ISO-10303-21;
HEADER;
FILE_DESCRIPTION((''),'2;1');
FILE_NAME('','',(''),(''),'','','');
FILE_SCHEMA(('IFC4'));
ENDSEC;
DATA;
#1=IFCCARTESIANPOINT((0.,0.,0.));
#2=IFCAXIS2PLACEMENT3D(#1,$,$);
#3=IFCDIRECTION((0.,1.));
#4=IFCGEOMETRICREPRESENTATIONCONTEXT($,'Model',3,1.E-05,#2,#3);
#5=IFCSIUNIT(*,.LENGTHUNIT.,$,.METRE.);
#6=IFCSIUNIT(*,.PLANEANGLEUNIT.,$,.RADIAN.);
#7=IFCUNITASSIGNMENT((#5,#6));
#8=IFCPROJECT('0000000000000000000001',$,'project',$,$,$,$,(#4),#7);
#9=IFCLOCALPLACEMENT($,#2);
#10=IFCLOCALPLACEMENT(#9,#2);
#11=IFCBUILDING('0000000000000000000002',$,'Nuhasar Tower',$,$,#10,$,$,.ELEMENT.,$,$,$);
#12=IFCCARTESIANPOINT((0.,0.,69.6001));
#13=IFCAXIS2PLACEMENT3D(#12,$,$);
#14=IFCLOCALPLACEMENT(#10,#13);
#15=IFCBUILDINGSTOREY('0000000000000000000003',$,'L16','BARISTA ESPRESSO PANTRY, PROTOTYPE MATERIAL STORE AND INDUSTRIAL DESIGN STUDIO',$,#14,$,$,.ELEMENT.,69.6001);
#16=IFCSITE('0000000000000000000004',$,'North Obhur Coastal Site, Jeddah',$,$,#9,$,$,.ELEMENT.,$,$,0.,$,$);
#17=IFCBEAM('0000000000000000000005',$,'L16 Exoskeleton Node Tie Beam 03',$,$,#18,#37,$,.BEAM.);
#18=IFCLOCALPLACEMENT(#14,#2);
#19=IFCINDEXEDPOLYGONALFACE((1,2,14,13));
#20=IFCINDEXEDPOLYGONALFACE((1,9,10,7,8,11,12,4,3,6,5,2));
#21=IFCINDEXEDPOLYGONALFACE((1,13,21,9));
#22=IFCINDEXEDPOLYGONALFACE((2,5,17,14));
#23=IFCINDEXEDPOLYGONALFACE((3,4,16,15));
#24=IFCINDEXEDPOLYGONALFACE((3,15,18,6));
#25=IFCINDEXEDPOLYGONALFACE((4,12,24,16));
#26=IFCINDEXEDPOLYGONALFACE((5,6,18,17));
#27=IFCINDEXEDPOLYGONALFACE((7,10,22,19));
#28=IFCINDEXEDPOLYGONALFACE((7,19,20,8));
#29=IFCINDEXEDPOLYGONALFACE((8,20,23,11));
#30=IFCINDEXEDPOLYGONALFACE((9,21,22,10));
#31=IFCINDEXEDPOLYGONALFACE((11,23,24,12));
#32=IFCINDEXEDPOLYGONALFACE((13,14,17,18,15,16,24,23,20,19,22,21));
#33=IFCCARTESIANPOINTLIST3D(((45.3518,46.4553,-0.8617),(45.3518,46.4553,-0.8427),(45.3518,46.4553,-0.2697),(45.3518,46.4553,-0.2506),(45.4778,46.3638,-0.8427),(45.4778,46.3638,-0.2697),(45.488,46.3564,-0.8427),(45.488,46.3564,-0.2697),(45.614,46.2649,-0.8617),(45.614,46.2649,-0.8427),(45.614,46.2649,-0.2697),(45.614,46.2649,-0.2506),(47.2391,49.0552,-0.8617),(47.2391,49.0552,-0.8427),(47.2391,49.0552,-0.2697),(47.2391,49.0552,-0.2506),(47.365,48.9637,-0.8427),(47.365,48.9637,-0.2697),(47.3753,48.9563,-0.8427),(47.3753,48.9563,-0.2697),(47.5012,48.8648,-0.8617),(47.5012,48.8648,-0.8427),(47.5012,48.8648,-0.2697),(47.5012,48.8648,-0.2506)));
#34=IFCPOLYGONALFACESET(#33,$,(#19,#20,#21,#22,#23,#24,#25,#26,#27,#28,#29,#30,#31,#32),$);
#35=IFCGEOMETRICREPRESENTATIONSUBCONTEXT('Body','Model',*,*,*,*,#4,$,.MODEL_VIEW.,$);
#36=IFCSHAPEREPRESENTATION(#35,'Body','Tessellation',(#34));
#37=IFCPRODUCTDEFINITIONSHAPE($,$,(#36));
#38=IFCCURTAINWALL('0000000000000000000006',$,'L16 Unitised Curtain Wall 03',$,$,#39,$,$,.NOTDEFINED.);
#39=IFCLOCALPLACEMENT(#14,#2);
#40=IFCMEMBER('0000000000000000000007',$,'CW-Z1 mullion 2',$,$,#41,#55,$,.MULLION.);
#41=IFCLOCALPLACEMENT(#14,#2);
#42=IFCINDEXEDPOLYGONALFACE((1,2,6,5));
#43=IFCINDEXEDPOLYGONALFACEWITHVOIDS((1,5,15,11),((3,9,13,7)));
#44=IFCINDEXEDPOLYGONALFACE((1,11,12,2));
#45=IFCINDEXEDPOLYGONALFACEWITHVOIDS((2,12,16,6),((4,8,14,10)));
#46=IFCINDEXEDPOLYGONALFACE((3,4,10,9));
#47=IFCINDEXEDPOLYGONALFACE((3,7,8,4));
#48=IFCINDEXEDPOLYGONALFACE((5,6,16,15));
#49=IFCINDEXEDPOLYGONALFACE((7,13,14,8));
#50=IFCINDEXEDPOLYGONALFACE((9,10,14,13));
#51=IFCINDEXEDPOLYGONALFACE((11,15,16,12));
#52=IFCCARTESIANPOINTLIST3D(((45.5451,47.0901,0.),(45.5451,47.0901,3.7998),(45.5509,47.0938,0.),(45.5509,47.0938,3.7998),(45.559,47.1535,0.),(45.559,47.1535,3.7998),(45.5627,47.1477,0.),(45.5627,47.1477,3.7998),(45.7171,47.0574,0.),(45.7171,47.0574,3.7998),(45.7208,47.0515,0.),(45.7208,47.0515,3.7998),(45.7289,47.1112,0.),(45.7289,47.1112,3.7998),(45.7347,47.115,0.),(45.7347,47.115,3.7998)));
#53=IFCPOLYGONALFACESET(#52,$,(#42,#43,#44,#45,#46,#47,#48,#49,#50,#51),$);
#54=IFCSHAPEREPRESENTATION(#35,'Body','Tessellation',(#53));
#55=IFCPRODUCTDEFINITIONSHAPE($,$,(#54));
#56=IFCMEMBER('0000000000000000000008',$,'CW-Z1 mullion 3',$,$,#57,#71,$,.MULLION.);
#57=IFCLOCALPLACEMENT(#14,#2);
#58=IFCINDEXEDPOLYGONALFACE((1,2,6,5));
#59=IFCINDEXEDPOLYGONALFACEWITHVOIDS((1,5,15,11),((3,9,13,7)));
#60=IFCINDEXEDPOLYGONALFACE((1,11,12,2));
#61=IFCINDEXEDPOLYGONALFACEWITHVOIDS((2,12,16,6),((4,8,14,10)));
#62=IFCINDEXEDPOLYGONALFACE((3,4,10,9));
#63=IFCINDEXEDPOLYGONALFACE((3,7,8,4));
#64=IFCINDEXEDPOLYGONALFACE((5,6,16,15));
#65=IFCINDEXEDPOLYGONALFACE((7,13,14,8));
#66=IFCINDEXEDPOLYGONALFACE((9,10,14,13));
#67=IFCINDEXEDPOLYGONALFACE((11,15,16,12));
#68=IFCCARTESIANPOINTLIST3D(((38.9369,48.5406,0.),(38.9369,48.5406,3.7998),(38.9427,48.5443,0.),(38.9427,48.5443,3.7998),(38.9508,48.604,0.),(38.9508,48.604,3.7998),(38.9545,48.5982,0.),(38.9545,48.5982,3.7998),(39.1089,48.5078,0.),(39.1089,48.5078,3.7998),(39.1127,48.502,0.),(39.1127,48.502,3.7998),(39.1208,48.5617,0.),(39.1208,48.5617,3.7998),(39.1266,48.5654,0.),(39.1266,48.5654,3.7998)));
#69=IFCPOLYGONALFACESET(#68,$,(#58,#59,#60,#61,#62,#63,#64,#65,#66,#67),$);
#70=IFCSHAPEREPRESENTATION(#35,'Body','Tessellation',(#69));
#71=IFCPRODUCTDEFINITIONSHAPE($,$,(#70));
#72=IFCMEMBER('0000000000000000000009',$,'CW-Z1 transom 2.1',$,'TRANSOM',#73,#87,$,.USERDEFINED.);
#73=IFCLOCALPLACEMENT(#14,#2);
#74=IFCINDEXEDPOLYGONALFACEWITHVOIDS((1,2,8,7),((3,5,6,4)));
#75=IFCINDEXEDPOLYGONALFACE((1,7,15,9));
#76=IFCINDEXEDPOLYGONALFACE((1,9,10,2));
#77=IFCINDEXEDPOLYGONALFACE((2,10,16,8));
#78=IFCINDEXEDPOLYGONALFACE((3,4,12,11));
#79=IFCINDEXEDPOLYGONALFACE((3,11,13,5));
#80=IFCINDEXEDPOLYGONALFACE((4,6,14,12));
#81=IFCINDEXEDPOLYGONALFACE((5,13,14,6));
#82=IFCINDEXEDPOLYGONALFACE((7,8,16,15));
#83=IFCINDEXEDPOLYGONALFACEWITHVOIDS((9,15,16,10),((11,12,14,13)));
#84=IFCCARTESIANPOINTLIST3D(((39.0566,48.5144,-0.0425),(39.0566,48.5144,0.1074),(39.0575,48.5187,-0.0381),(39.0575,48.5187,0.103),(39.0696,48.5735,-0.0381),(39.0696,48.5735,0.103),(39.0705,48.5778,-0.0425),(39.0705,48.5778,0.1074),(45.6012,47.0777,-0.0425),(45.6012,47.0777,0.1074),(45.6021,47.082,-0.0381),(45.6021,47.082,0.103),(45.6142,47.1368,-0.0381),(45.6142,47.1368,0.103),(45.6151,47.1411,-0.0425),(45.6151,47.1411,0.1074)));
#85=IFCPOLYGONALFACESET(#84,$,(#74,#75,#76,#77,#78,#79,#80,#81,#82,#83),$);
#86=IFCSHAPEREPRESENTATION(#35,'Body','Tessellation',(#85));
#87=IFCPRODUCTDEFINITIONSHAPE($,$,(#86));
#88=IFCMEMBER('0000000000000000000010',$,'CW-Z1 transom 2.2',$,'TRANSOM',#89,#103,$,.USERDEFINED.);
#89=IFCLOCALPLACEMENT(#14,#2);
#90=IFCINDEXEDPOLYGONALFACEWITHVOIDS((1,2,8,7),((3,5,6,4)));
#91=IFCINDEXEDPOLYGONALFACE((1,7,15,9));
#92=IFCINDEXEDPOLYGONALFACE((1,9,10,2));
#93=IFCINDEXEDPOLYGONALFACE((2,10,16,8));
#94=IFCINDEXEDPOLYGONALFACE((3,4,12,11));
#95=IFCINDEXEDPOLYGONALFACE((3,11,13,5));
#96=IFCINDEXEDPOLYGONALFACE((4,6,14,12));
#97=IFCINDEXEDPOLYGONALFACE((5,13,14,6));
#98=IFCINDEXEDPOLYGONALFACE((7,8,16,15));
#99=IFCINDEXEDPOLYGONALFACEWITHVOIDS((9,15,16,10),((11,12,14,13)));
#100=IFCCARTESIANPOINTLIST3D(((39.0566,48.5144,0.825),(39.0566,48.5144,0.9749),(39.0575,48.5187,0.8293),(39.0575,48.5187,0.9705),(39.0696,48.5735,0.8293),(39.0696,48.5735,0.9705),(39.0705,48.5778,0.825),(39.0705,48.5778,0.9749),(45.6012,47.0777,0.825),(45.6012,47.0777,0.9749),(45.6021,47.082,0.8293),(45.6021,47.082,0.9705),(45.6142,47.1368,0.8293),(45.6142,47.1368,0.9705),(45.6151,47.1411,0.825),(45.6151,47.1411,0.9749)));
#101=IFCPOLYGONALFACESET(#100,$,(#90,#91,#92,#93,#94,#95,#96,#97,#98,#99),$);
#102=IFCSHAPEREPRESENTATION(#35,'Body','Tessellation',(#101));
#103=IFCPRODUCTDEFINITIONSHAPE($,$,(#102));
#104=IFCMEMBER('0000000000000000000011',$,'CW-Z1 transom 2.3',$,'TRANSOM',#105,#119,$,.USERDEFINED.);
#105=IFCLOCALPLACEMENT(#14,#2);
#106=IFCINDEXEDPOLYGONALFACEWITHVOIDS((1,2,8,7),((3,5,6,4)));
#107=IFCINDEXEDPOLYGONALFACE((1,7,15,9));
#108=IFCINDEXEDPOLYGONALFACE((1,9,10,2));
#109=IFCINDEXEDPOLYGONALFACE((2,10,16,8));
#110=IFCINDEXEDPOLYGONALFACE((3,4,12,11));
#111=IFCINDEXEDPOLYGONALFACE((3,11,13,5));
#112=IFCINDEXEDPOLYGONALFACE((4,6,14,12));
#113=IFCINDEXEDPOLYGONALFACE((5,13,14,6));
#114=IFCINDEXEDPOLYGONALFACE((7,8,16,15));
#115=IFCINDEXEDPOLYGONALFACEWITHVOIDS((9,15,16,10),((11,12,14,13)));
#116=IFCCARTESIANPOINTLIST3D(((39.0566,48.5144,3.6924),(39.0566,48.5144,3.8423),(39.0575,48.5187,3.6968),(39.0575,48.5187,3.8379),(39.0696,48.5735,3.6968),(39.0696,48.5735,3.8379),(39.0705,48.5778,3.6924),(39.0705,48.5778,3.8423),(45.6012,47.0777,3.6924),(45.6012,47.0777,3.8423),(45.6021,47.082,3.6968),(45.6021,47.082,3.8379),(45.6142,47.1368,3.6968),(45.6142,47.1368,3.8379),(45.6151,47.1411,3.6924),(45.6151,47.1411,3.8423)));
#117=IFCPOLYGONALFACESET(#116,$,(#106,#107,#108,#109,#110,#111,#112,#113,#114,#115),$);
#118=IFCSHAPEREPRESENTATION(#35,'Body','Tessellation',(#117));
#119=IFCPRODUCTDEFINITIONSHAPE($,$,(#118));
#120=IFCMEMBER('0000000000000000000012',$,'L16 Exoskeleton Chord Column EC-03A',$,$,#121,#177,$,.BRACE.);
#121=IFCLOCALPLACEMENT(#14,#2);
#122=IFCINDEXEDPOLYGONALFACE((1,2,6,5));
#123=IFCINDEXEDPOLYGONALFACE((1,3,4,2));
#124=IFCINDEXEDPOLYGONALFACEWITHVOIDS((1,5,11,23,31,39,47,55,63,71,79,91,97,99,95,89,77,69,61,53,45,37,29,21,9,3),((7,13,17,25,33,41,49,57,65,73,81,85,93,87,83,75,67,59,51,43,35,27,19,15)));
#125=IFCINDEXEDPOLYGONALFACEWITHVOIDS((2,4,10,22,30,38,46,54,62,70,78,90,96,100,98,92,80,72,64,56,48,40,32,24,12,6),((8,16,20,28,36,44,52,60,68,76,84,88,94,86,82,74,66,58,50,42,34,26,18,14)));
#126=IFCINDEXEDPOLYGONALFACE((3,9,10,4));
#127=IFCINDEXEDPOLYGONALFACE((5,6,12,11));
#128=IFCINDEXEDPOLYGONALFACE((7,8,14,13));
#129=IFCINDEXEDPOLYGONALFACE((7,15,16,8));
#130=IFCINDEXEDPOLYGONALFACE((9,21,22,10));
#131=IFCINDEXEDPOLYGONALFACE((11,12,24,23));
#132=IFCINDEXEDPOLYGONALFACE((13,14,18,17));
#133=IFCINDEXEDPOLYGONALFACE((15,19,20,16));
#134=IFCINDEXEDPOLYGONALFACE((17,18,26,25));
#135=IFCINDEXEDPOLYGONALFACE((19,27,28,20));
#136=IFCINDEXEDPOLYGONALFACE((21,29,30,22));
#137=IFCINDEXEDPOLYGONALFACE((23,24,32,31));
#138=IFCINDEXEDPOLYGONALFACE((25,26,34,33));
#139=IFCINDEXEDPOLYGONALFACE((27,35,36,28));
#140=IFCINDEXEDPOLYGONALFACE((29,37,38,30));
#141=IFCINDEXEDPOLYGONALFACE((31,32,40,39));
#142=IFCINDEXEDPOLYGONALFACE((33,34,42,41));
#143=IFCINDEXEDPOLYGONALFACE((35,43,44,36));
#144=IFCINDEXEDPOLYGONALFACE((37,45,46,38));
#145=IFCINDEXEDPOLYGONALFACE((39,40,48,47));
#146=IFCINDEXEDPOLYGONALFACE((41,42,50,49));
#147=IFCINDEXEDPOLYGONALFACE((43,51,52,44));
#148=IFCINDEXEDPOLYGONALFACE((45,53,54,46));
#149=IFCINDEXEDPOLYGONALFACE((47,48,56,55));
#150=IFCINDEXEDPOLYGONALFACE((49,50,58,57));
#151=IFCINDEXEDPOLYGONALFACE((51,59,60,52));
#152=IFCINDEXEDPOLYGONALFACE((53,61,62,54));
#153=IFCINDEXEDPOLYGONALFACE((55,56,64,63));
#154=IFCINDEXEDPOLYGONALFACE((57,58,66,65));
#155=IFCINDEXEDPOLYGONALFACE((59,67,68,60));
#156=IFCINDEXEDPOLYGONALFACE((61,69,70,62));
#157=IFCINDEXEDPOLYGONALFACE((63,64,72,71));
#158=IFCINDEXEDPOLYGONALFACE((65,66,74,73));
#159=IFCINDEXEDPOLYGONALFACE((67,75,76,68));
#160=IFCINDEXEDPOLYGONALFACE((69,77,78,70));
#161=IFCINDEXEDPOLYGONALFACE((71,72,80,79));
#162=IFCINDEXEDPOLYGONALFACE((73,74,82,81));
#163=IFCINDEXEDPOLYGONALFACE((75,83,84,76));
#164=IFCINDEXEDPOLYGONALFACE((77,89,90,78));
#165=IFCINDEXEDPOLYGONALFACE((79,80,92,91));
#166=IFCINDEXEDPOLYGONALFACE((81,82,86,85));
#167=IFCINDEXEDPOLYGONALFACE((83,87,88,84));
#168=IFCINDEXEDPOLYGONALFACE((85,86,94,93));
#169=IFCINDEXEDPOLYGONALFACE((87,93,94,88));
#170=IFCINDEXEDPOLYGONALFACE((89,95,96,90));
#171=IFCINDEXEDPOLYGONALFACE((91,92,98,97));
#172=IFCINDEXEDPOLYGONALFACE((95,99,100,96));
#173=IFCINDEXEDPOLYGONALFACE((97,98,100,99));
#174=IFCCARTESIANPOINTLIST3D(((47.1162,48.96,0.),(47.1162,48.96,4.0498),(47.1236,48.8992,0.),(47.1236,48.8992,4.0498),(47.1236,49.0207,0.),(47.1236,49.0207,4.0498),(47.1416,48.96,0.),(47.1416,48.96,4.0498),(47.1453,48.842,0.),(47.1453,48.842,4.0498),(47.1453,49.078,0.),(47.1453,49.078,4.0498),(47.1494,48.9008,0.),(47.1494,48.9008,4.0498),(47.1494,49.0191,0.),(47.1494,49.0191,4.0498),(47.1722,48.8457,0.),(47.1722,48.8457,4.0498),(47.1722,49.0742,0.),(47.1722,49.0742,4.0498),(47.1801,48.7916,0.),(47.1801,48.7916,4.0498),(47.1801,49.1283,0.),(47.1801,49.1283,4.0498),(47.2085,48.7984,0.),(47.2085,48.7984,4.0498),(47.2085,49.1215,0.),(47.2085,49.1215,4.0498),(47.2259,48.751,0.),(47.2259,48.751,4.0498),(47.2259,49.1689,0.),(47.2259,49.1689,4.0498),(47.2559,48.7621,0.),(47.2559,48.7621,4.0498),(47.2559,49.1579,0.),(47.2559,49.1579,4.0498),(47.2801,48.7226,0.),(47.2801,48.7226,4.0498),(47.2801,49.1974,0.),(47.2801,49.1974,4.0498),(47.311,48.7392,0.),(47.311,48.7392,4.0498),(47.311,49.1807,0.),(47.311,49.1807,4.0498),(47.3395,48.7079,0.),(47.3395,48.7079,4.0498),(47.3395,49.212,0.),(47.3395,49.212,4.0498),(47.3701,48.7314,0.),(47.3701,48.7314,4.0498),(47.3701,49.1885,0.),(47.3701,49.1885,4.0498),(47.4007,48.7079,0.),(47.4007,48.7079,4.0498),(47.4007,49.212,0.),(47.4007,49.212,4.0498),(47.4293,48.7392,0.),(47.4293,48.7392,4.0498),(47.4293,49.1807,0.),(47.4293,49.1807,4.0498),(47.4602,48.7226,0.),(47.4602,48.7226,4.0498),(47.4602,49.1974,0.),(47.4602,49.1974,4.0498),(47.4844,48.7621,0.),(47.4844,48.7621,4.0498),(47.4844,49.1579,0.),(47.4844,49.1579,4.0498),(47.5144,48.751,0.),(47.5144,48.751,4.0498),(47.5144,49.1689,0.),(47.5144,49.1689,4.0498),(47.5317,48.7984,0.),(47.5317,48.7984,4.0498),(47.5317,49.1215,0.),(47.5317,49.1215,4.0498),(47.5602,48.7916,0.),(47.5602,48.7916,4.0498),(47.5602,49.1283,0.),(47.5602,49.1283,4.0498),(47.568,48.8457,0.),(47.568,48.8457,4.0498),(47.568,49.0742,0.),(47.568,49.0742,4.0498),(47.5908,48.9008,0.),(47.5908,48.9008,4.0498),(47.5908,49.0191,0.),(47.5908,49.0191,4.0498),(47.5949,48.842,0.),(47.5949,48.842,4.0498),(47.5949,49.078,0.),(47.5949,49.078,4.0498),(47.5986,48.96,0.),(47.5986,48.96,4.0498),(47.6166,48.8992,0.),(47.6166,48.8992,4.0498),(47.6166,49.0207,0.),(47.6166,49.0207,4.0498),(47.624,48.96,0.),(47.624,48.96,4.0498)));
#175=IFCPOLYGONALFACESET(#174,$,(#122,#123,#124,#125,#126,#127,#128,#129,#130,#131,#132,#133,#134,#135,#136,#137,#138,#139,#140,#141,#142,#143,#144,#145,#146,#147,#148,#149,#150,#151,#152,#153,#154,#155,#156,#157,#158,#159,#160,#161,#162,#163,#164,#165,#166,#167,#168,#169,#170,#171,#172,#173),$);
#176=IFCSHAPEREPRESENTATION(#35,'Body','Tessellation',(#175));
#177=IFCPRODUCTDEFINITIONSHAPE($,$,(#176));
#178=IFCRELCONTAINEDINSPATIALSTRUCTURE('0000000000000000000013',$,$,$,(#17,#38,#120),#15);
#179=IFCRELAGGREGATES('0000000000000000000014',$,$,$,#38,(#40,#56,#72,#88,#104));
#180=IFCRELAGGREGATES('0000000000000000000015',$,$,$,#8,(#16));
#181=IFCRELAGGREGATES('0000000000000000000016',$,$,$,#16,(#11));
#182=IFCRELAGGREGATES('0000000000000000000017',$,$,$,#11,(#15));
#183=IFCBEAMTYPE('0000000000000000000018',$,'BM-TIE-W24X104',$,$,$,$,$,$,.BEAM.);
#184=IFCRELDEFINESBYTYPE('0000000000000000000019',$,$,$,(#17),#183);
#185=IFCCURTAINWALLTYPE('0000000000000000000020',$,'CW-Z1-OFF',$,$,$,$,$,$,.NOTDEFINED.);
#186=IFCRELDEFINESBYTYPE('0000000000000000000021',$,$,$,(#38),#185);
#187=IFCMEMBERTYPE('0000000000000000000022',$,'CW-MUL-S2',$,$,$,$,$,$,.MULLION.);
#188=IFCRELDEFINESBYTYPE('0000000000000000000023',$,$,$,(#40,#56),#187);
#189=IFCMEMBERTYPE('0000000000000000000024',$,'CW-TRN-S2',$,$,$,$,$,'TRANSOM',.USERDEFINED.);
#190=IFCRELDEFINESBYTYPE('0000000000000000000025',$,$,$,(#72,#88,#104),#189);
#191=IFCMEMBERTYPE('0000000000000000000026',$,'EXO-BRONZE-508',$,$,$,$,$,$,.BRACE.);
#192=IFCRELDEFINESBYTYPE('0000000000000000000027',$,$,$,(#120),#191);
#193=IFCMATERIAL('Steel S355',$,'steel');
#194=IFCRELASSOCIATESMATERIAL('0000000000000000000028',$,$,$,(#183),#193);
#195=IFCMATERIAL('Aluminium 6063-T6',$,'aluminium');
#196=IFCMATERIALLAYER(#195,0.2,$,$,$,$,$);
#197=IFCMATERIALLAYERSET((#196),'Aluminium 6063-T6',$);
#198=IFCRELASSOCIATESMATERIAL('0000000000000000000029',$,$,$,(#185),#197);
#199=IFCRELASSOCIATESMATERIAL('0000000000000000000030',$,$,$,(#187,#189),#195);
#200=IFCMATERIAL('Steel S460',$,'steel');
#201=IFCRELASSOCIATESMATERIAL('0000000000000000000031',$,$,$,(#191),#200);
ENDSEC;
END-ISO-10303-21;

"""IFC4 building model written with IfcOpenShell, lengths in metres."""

from ifc_helpers import new_model, si_unit, direction, frame, origin, origin_2d, place, context, subcontext, project, spatial, hollow_rectangle, hollow_circle, i_section, extrude, material, layer, layer_set, material_profile, profile_set, type_object, element, aggregate, save


model = new_model("IFC4")

# Units and contexts
model_context = context("Model", 3, precision=1e-05, world=origin(), true_north=direction((0.0, 1.0)))
body_context = subcontext(model_context, "Body", "Model", "MODEL_VIEW")
ifc_project = project(units=[si_unit("LENGTHUNIT", "METRE"), si_unit("PLANEANGLEUNIT", "RADIAN")], contexts=[model_context])

# Site, building, storey
site_placement = place(None, origin())
site = spatial("IfcSite", under=ifc_project, at=site_placement, Name="North Obhur Coastal Site, Jeddah", CompositionType="ELEMENT", RefElevation=0.0)
building_placement = place(site_placement, origin())
building = spatial("IfcBuilding", under=site, at=building_placement, Name="Nuhasar Tower", CompositionType="ELEMENT")
storey_placement = place(building_placement, frame((0.0, 0.0, 69.6001)))
storey = spatial("IfcBuildingStorey", under=building, at=storey_placement, Name="L16", Description="BARISTA ESPRESSO PANTRY, PROTOTYPE MATERIAL STORE AND INDUSTRIAL DESIGN STUDIO", CompositionType="ELEMENT", Elevation=69.6001)

# Beam
ifc_material_1 = material(Name="Steel S355", Category="steel")
ifc_material_profile_1 = material_profile(ifc_material_1, i_section(OverallWidth=0.324, OverallDepth=0.6111, WebThickness=0.0127, FlangeThickness=0.019, at=origin_2d()), Name="W24X104")
ifc_profile_set_1 = profile_set([ifc_material_profile_1], Name="Steel S355")
beam_type_1 = type_object("IfcBeamType", Name="BM-TIE-W24X104", PredefinedType="BEAM", material=ifc_profile_set_1)
beam_1_placement = place(storey_placement, frame((45.4829, 46.3601, -0.5562), z_axis=(0.587439, 0.809268, 0.0), x_axis=(-0.809268, 0.587439, 0.0)))
element("IfcBeam", 1, at=beam_1_placement, inside=storey, type_object=beam_type_1, Name="L16 Exoskeleton Node Tie Beam 03", PredefinedType="BEAM", context=body_context, shape_type="SweptSolid", body=[
    extrude(i_section(OverallWidth=0.324, OverallDepth=0.6111, WebThickness=0.0127, FlangeThickness=0.019, at=origin_2d()), origin(), (0.0, 0.0, 1.0), 3.2126),
])

# Curtain wall, members
ifc_material_2 = material(Name="Aluminium 6063-T6", Category="aluminium")
ifc_layer_1 = layer(ifc_material_2, 0.2)
ifc_layer_set_1 = layer_set([ifc_layer_1], Name="Aluminium 6063-T6")
curtain_wall_type = type_object("IfcCurtainWallType", Name="CW-Z1-OFF", PredefinedType="NOTDEFINED", material=ifc_layer_set_1)
curtain_wall_placement = place(storey_placement, origin())
curtain_wall = element("IfcCurtainWall", 2, at=curtain_wall_placement, inside=storey, type_object=curtain_wall_type, Name="L16 Unitised Curtain Wall 03", PredefinedType="NOTDEFINED")
ifc_material_profile_2 = material_profile(ifc_material_2, hollow_rectangle(XDim=0.0649, YDim=0.1799, WallThickness=0.0049, at=origin_2d()), Name="CWM-2")
ifc_profile_set_2 = profile_set([ifc_material_profile_2], Name="Aluminium 6063-T6")
member_type_1 = type_object("IfcMemberType", Name="CW-MUL-S2", PredefinedType="MULLION", material=ifc_profile_set_2)
member_1_placement = place(storey_placement, frame((45.6399, 47.1025, 0.0), z_axis=(0.0, 0.0, 1.0), x_axis=(-0.214399, -0.976746, 0.0)))
member_1 = element("IfcMember", 3, at=member_1_placement, type_object=member_type_1, Name="CW-Z1 mullion 2", PredefinedType="MULLION", context=body_context, shape_type="SweptSolid", body=[
    extrude(hollow_rectangle(XDim=0.0649, YDim=0.1799, WallThickness=0.0049, at=origin_2d()), origin(), (0.0, 0.0, 1.0), 3.7998),
])
member_2_placement = place(storey_placement, frame((39.0317, 48.553, 0.0), z_axis=(0.0, 0.0, 1.0), x_axis=(-0.214399, -0.976746, 0.0)))
member_2 = element("IfcMember", 4, at=member_2_placement, type_object=member_type_1, Name="CW-Z1 mullion 3", PredefinedType="MULLION", context=body_context, shape_type="SweptSolid", body=[
    extrude(hollow_rectangle(XDim=0.0649, YDim=0.1799, WallThickness=0.0049, at=origin_2d()), origin(), (0.0, 0.0, 1.0), 3.7998),
])
ifc_material_profile_3 = material_profile(ifc_material_2, hollow_rectangle(XDim=0.0649, YDim=0.1499, WallThickness=0.0044, at=origin_2d()), Name="CWT-2")
ifc_profile_set_3 = profile_set([ifc_material_profile_3], Name="Aluminium 6063-T6")
member_type_2 = type_object("IfcMemberType", Name="CW-TRN-S2", ElementType="TRANSOM", PredefinedType="USERDEFINED", material=ifc_profile_set_3)
member_3_placement = place(storey_placement, frame((45.6082, 47.1094, 0.0325), z_axis=(-0.97674, 0.214426, 0.0), x_axis=(-0.214426, -0.97674, 0.0)))
member_3 = element("IfcMember", 5, at=member_3_placement, type_object=member_type_2, Name="CW-Z1 transom 2.1", ObjectType="TRANSOM", PredefinedType="USERDEFINED", context=body_context, shape_type="SweptSolid", body=[
    extrude(hollow_rectangle(XDim=0.0649, YDim=0.1499, WallThickness=0.0044, at=origin_2d()), origin(), (0.0, 0.0, 1.0), 6.7004),
])
member_4_placement = place(storey_placement, frame((45.6082, 47.1094, 0.8999), z_axis=(-0.97674, 0.214426, 0.0), x_axis=(-0.214426, -0.97674, 0.0)))
member_4 = element("IfcMember", 6, at=member_4_placement, type_object=member_type_2, Name="CW-Z1 transom 2.2", ObjectType="TRANSOM", PredefinedType="USERDEFINED", context=body_context, shape_type="SweptSolid", body=[
    extrude(hollow_rectangle(XDim=0.0649, YDim=0.1499, WallThickness=0.0044, at=origin_2d()), origin(), (0.0, 0.0, 1.0), 6.7004),
])
member_5_placement = place(storey_placement, frame((45.6082, 47.1094, 3.7673), z_axis=(-0.97674, 0.214426, 0.0), x_axis=(-0.214426, -0.97674, 0.0)))
member_5 = element("IfcMember", 7, at=member_5_placement, type_object=member_type_2, Name="CW-Z1 transom 2.3", ObjectType="TRANSOM", PredefinedType="USERDEFINED", context=body_context, shape_type="SweptSolid", body=[
    extrude(hollow_rectangle(XDim=0.0649, YDim=0.1499, WallThickness=0.0044, at=origin_2d()), origin(), (0.0, 0.0, 1.0), 6.7004),
])

# Member
ifc_material_3 = material(Name="Steel S460", Category="steel")
ifc_material_profile_4 = material_profile(ifc_material_3, hollow_circle(Radius=0.2539, WallThickness=0.0254, at=origin_2d()), Name="HSS508X25.4")
ifc_profile_set_4 = profile_set([ifc_material_profile_4], Name="Steel S460")
member_type_3 = type_object("IfcMemberType", Name="EXO-BRONZE-508", PredefinedType="BRACE", material=ifc_profile_set_4)
for number, where, z_axis, x_axis, name in (
    (8, (47.3701, 48.96, 0.0), (0.0, 0.0, 1.0), (1.0, 0.0, 0.0), "L16 Exoskeleton Chord Column EC-03A"),
):
    element("IfcMember", number, at=place(storey_placement, frame(where, z_axis=z_axis, x_axis=x_axis)), inside=storey, type_object=member_type_3, Name=name, PredefinedType="BRACE", context=body_context, shape_type="SweptSolid", body=[
        extrude(hollow_circle(Radius=0.2539, WallThickness=0.0254, at=origin_2d()), origin(), (0.0, 0.0, 1.0), 4.0498),
    ])

aggregate(curtain_wall, [member_1, member_2, member_3, member_4, member_5])

save(model, "model.ifc")
